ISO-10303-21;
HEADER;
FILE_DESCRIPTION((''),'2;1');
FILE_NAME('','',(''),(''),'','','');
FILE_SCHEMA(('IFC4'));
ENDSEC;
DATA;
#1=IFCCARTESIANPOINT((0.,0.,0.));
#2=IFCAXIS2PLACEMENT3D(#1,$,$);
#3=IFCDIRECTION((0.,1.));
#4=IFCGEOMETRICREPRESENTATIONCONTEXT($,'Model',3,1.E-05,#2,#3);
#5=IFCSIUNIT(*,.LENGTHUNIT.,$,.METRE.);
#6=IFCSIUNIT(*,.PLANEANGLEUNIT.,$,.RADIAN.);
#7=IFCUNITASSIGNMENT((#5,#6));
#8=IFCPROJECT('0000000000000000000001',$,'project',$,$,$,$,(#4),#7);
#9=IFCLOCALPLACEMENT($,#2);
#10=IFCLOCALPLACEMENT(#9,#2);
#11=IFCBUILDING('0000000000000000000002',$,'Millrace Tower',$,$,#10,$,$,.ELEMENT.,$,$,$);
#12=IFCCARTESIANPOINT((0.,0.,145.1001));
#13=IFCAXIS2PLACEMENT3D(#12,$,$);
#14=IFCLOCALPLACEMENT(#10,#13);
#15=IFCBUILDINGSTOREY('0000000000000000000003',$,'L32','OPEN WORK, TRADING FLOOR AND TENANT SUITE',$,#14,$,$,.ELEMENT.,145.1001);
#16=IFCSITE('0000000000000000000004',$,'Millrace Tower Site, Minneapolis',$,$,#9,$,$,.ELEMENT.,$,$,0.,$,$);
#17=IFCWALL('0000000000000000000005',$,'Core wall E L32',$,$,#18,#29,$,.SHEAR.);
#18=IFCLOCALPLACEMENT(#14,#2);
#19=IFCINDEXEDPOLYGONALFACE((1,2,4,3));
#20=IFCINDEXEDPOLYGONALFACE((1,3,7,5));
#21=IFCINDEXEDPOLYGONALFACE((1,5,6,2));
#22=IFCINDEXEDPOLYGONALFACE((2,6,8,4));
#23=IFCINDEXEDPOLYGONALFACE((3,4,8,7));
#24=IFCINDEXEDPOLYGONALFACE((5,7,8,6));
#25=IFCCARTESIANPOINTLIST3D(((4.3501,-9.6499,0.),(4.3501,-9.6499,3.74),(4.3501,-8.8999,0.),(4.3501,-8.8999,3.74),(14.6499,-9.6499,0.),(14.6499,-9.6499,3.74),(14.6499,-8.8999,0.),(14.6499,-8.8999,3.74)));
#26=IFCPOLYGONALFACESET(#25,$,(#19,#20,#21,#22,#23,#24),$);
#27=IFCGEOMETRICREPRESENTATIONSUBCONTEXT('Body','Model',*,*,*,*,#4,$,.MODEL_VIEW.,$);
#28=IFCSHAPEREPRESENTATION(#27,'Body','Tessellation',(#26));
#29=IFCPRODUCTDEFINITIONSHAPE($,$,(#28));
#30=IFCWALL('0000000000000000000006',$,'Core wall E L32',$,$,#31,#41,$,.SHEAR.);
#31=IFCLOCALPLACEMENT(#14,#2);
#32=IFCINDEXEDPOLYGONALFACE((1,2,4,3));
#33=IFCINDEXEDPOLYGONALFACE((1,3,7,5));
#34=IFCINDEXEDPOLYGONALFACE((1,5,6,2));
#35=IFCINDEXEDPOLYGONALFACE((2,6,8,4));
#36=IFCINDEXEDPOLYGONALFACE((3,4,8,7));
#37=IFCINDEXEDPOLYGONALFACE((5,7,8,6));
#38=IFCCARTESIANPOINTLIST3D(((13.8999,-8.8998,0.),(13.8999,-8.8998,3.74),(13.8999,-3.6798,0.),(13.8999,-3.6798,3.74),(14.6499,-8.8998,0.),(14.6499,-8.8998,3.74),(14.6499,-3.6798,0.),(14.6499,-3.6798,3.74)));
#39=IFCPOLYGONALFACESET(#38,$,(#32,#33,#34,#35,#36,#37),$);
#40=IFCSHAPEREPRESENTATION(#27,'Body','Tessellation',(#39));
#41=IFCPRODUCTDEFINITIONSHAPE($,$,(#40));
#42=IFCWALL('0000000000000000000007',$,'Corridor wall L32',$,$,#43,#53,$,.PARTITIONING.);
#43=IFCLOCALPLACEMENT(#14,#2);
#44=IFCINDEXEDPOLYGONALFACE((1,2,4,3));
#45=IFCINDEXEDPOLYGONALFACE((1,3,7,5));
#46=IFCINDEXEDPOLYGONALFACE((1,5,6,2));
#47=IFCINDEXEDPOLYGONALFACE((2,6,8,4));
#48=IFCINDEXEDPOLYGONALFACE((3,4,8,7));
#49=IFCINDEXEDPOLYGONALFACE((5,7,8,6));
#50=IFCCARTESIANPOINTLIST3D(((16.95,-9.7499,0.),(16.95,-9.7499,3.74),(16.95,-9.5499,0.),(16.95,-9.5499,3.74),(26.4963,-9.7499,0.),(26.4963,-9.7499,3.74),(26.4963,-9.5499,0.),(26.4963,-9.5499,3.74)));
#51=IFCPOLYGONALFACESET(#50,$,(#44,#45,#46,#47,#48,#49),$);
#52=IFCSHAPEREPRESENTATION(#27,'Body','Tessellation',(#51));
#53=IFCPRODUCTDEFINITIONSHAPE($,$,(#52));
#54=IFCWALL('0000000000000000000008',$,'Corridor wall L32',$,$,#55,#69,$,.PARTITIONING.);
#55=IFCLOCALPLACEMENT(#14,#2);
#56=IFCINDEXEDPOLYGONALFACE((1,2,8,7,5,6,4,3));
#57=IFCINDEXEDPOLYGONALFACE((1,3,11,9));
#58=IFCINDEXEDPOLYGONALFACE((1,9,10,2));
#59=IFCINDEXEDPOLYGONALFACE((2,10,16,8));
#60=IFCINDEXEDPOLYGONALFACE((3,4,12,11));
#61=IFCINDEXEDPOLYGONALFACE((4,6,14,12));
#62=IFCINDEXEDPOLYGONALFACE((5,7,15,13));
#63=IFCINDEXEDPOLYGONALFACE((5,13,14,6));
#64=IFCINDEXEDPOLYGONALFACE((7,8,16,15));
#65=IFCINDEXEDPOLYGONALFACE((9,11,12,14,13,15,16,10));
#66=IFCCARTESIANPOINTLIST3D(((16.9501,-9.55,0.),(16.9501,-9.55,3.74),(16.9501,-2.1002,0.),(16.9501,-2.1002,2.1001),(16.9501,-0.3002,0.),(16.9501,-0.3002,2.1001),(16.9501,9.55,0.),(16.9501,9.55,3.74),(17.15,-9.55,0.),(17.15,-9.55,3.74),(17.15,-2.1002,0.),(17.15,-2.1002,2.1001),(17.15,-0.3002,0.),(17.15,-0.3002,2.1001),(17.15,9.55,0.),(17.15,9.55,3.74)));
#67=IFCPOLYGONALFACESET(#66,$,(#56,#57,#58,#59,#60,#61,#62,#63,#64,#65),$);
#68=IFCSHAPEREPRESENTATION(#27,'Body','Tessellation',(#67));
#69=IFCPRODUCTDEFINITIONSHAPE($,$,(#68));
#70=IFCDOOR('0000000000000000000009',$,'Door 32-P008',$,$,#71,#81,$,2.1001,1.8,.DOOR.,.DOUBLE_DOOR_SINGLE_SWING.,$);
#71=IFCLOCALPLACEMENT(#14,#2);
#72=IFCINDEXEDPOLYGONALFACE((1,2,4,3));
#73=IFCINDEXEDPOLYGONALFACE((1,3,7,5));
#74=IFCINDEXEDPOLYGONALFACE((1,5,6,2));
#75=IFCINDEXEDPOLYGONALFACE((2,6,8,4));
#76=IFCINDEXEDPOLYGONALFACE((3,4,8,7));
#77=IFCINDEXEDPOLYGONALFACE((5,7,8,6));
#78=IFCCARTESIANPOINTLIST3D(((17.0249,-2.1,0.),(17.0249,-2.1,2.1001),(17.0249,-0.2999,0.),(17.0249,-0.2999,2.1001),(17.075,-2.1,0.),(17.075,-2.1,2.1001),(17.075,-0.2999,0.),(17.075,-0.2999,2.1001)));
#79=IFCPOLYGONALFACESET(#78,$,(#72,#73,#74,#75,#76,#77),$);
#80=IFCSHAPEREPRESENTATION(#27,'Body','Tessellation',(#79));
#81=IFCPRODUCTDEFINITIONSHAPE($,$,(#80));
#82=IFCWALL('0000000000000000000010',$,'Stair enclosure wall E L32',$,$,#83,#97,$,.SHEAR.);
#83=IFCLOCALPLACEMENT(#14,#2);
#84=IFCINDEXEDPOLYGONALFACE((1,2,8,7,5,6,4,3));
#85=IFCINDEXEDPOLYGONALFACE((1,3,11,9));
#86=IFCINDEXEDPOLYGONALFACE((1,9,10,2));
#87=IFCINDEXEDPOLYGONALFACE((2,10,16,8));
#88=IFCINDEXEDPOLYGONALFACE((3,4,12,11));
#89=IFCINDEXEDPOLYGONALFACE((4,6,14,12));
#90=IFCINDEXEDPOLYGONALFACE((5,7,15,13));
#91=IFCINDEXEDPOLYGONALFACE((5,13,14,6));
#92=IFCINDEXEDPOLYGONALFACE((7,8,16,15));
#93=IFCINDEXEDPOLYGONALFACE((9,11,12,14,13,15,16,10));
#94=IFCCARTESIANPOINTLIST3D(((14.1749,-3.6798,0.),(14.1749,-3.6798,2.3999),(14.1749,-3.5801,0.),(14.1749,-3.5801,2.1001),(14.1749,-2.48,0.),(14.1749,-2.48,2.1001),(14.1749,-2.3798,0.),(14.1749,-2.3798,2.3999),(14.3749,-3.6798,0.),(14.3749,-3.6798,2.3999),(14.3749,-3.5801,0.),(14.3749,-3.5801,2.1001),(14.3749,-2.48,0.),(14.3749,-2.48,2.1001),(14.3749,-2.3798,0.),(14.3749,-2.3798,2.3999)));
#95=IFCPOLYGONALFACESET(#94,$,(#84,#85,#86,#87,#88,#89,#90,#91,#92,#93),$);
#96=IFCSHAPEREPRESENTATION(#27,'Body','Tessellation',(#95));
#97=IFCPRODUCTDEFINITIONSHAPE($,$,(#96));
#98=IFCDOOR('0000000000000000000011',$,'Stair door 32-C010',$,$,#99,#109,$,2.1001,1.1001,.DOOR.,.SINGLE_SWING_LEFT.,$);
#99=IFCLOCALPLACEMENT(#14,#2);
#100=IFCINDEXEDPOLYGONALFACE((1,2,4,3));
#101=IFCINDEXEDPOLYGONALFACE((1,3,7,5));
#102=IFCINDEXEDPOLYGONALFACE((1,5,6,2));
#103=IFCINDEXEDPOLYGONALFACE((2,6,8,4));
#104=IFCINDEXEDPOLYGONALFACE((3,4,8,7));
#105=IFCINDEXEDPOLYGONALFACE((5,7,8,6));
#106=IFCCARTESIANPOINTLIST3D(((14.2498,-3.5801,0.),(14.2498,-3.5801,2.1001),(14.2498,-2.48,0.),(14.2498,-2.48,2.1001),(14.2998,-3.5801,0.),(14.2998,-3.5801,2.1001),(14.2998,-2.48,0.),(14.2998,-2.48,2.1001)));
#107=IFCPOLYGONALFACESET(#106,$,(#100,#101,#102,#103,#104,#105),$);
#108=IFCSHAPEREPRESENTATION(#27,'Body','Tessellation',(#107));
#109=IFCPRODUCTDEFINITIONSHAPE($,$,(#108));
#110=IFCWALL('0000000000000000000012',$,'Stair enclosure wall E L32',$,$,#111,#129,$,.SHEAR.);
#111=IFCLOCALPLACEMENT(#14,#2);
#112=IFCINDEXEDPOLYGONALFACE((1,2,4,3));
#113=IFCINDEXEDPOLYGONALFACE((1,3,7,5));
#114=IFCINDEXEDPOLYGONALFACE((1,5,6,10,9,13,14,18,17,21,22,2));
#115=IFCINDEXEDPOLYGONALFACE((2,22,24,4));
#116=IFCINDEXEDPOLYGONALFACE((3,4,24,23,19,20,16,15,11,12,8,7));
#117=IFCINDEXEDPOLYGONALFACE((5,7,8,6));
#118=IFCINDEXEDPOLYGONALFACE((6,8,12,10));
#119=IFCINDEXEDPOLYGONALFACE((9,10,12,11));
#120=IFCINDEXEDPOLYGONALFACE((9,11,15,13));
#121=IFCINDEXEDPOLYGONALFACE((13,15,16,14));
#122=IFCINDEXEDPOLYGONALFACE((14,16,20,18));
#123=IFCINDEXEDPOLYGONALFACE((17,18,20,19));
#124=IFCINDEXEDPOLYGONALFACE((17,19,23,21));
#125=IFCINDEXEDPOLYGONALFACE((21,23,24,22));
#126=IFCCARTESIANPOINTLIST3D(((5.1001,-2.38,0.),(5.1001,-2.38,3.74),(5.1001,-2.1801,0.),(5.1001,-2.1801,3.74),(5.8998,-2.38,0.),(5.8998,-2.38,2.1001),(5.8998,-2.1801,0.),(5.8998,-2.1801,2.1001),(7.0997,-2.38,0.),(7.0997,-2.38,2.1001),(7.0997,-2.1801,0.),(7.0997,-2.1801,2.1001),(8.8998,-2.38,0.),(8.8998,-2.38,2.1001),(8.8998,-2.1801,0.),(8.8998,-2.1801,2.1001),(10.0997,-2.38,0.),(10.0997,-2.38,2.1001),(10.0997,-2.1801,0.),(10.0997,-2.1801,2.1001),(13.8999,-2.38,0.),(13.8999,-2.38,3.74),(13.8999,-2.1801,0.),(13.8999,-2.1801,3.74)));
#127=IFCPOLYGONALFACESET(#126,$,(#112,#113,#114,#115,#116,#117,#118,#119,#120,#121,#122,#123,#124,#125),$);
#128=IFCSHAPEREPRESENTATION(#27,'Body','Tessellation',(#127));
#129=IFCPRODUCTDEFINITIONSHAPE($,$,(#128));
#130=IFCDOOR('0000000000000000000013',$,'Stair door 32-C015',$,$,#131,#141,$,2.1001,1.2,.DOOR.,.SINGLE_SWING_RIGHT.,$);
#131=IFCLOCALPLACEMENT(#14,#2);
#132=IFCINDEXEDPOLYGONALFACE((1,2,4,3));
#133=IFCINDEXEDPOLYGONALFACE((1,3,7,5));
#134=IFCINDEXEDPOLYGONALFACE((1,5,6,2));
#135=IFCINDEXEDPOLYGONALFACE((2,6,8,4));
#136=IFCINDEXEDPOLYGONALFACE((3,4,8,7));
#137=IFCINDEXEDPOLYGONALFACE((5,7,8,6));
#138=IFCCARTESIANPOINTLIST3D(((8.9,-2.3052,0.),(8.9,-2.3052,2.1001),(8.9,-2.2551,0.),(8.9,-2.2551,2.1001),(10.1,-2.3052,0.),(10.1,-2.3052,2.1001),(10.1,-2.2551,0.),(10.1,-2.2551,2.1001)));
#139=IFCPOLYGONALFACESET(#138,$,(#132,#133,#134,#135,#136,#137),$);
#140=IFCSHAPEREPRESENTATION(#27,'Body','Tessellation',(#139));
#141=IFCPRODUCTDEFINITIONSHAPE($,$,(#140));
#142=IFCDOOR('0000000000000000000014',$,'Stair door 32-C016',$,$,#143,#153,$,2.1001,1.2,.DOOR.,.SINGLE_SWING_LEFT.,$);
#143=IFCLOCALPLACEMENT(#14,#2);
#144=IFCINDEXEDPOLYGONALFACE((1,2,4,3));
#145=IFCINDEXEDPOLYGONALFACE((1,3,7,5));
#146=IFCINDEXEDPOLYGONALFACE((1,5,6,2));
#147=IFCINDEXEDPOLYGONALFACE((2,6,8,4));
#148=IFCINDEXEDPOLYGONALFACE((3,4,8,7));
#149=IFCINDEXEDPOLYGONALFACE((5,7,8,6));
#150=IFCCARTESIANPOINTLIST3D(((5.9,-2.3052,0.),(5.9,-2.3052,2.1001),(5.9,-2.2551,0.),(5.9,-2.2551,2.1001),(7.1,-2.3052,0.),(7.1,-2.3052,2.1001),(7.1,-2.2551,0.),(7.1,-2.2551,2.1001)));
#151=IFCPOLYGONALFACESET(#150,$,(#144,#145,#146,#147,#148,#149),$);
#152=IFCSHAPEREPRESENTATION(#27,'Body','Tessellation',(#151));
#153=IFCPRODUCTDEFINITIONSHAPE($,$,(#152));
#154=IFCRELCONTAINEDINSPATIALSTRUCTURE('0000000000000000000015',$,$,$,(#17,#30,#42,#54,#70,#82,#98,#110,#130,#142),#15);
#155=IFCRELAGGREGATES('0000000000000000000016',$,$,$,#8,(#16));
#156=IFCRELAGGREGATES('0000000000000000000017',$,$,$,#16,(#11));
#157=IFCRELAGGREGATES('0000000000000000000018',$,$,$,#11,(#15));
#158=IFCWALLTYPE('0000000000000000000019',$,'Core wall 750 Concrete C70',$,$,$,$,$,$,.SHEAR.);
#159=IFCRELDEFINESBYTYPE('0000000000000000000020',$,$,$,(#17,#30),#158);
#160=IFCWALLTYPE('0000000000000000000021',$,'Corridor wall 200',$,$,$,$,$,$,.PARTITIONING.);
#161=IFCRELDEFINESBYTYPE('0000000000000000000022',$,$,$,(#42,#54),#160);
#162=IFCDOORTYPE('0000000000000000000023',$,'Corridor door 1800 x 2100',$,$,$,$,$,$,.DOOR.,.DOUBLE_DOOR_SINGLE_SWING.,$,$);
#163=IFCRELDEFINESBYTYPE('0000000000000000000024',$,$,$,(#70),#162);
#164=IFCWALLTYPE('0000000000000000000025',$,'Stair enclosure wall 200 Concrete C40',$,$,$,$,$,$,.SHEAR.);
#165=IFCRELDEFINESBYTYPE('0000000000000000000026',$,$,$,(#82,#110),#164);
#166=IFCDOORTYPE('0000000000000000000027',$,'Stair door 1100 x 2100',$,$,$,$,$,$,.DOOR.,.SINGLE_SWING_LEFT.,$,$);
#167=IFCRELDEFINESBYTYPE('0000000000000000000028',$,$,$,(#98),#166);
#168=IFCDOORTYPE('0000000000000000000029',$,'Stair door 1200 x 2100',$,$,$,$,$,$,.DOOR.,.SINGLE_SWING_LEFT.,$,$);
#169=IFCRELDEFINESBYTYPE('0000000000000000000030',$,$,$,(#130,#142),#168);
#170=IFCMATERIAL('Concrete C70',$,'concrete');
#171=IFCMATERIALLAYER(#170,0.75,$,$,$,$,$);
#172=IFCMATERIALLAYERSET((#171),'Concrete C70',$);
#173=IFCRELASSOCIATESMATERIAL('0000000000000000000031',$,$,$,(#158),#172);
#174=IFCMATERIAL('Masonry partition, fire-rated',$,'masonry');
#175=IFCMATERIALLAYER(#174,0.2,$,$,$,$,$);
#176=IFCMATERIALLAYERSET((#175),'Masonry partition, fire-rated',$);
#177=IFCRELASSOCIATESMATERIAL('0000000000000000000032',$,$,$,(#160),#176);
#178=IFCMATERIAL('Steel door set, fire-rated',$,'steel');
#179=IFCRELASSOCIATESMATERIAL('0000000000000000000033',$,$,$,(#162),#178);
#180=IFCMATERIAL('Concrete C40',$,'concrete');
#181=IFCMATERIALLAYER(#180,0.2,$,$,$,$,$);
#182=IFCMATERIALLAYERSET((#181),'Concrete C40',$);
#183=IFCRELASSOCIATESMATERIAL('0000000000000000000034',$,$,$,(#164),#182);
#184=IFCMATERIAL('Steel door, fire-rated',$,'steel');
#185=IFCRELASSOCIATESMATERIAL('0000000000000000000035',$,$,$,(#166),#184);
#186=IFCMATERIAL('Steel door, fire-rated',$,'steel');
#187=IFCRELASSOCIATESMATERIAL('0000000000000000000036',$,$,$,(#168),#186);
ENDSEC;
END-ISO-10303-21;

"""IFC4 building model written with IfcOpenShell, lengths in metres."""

from ifc_helpers import new_model, si_unit, direction, frame, frame_2d, origin, place, context, subcontext, project, spatial, rectangle, extrude, material, layer, layer_set, type_object, element, fill, save


model = new_model("IFC4")

# Units and contexts
model_context = context("Model", 3, precision=1e-05, world=origin(), true_north=direction((0.0, 1.0)))
body_context = subcontext(model_context, "Body", "Model", "MODEL_VIEW")
ifc_project = project(units=[si_unit("LENGTHUNIT", "METRE"), si_unit("PLANEANGLEUNIT", "RADIAN")], contexts=[model_context])

# Site, building, storey
site_placement = place(None, origin())
site = spatial("IfcSite", under=ifc_project, at=site_placement, Name="Millrace Tower Site, Minneapolis", CompositionType="ELEMENT", RefElevation=0.0)
building_placement = place(site_placement, origin())
building = spatial("IfcBuilding", under=site, at=building_placement, Name="Millrace Tower", CompositionType="ELEMENT")
storey_placement = place(building_placement, frame((0.0, 0.0, 145.1001)))
storey = spatial("IfcBuildingStorey", under=building, at=storey_placement, Name="L32", Description="OPEN WORK, TRADING FLOOR AND TENANT SUITE", CompositionType="ELEMENT", Elevation=145.1001)

# Walls
ifc_material_1 = material(Name="Concrete C70", Category="concrete")
ifc_layer_1 = layer(ifc_material_1, 0.75)
ifc_layer_set_1 = layer_set([ifc_layer_1], Name="Concrete C70")
wall_type_1 = type_object("IfcWallType", Name="Core wall 750 Concrete C70", PredefinedType="SHEAR", material=ifc_layer_set_1)
wall_1_placement = place(storey_placement, frame((14.6499, -9.2749, 0.0), z_axis=(0.0, 0.0, 1.0), x_axis=(-1.0, 0.0, 0.0)))
element("IfcWall", 1, at=wall_1_placement, inside=storey, type_object=wall_type_1, Name="Core wall E L32", PredefinedType="SHEAR", context=body_context, shape_type="SweptSolid", body=[
    extrude(rectangle(XDim=10.2998, YDim=0.75, at=frame_2d((5.1499, 0.0))), origin(), (0.0, 0.0, 1.0), 3.74),
])
wall_2_placement = place(storey_placement, frame((14.2749, -3.6799, 0.0), z_axis=(0.0, 0.0, 1.0), x_axis=(0.0, -1.0, 0.0)))
element("IfcWall", 2, at=wall_2_placement, inside=storey, type_object=wall_type_1, Name="Core wall E L32", PredefinedType="SHEAR", context=body_context, shape_type="SweptSolid", body=[
    extrude(rectangle(XDim=5.22, YDim=0.75, at=frame_2d((2.6099, 0.0))), origin(), (0.0, 0.0, 1.0), 3.74),
])
ifc_material_2 = material(Name="Masonry partition, fire-rated", Category="masonry")
ifc_layer_2 = layer(ifc_material_2, 0.2)
ifc_layer_set_2 = layer_set([ifc_layer_2], Name="Masonry partition, fire-rated")
wall_type_2 = type_object("IfcWallType", Name="Corridor wall 200", PredefinedType="PARTITIONING", material=ifc_layer_set_2)
wall_3_placement = place(storey_placement, frame((16.95, -9.6499, 0.0), z_axis=(0.0, 0.0, 1.0), x_axis=(1.0, 0.0, 0.0)))
element("IfcWall", 3, at=wall_3_placement, inside=storey, type_object=wall_type_2, Name="Corridor wall L32", PredefinedType="PARTITIONING", context=body_context, shape_type="SweptSolid", body=[
    extrude(rectangle(XDim=9.5464, YDim=0.2, at=frame_2d((4.7732, 0.0))), origin(), (0.0, 0.0, 1.0), 3.74),
])

# Walls, openings, doors
wall_4_placement = place(storey_placement, frame((17.05, -9.55, 0.0), z_axis=(0.0, 0.0, 1.0), x_axis=(0.0, 1.0, 0.0)))
wall_4 = element("IfcWall", 4, at=wall_4_placement, inside=storey, type_object=wall_type_2, Name="Corridor wall L32", PredefinedType="PARTITIONING", context=body_context, shape_type="SweptSolid", body=[
    extrude(rectangle(XDim=19.1001, YDim=0.2, at=frame_2d((9.55, 0.0))), origin(), (0.0, 0.0, 1.0), 3.74),
])
opening_1_placement = place(wall_4_placement, frame((7.45, 0.0, 0.0)))
opening_1 = element("IfcOpeningElement", 5, at=opening_1_placement, cuts=wall_4, PredefinedType="OPENING", context=body_context, shape_type="SweptSolid", body=[
    extrude(rectangle(XDim=1.8, YDim=2.1001, at=frame_2d((0.8999, 1.05))), frame((0.0, 0.1099, 0.0), z_axis=(0.0, -1.0, 0.0), x_axis=(1.0, 0.0, 0.0)), (0.0, 0.0, 1.0), 0.22),
])
ifc_material_3 = material(Name="Steel door set, fire-rated", Category="steel")
door_type_1 = type_object("IfcDoorType", Name="Corridor door 1800 x 2100", OperationType="DOUBLE_DOOR_SINGLE_SWING", PredefinedType="DOOR", material=ifc_material_3)
door_1_placement = place(opening_1_placement, frame((1.8, 0.0, 0.0), z_axis=(0.0, 0.0, 1.0), x_axis=(-1.0, 0.0, 0.0)))
door_1 = element("IfcDoor", 6, at=door_1_placement, inside=storey, type_object=door_type_1, Name="Door 32-P008", OperationType="DOUBLE_DOOR_SINGLE_SWING", OverallHeight=2.1001, OverallWidth=1.8, PredefinedType="DOOR", context=body_context, shape_type="SweptSolid", body=[
    extrude(rectangle(XDim=1.8, YDim=2.1001, at=frame_2d((0.8999, 1.05))), frame((0.0, 0.0249, 0.0), z_axis=(0.0, -1.0, 0.0), x_axis=(1.0, 0.0, 0.0)), (0.0, 0.0, 1.0), 0.05),
])
fill(opening_1, door_1)
ifc_material_4 = material(Name="Concrete C40", Category="concrete")
ifc_layer_3 = layer(ifc_material_4, 0.2)
ifc_layer_set_3 = layer_set([ifc_layer_3], Name="Concrete C40")
wall_type_3 = type_object("IfcWallType", Name="Stair enclosure wall 200 Concrete C40", PredefinedType="SHEAR", material=ifc_layer_set_3)
wall_5_placement = place(storey_placement, frame((14.2749, -2.3799, 0.0), z_axis=(0.0, 0.0, 1.0), x_axis=(0.0, -1.0, 0.0)))
wall_5 = element("IfcWall", 7, at=wall_5_placement, inside=storey, type_object=wall_type_3, Name="Stair enclosure wall E L32", PredefinedType="SHEAR", context=body_context, shape_type="SweptSolid", body=[
    extrude(rectangle(XDim=1.3, YDim=0.2, at=frame_2d((0.6499, 0.0))), origin(), (0.0, 0.0, 1.0), 2.3999),
])
opening_2_placement = place(wall_5_placement, frame((0.1001, 0.0, 0.0)))
opening_2 = element("IfcOpeningElement", 8, at=opening_2_placement, cuts=wall_5, PredefinedType="OPENING", context=body_context, shape_type="SweptSolid", body=[
    extrude(rectangle(XDim=1.1001, YDim=2.1001, at=frame_2d((0.55, 1.05))), frame((0.0, 0.1099, 0.0), z_axis=(0.0, -1.0, 0.0), x_axis=(1.0, 0.0, 0.0)), (0.0, 0.0, 1.0), 0.22),
])
ifc_material_5 = material(Name="Steel door, fire-rated", Category="steel")
door_type_2 = type_object("IfcDoorType", Name="Stair door 1100 x 2100", OperationType="SINGLE_SWING_LEFT", PredefinedType="DOOR", material=ifc_material_5)
door_2_placement = place(opening_2_placement, origin())
door_2 = element("IfcDoor", 9, at=door_2_placement, inside=storey, type_object=door_type_2, Name="Stair door 32-C010", OperationType="SINGLE_SWING_LEFT", OverallHeight=2.1001, OverallWidth=1.1001, PredefinedType="DOOR", context=body_context, shape_type="SweptSolid", body=[
    extrude(rectangle(XDim=1.1001, YDim=2.1001, at=frame_2d((0.55, 1.05))), frame((0.0, 0.0249, 0.0), z_axis=(0.0, -1.0, 0.0), x_axis=(1.0, 0.0, 0.0)), (0.0, 0.0, 1.0), 0.05),
])
fill(opening_2, door_2)

# Wall, openings, doors
wall_6_placement = place(storey_placement, frame((13.8999, -2.28, 0.0), z_axis=(0.0, 0.0, 1.0), x_axis=(-1.0, 0.0, 0.0)))
wall_6 = element("IfcWall", 10, at=wall_6_placement, inside=storey, type_object=wall_type_3, Name="Stair enclosure wall E L32", PredefinedType="SHEAR", context=body_context, shape_type="SweptSolid", body=[
    extrude(rectangle(XDim=8.7998, YDim=0.2, at=frame_2d((4.3999, 0.0))), origin(), (0.0, 0.0, 1.0), 3.74),
])
opening_3_placement = place(wall_6_placement, frame((3.8, 0.0, 0.0)))
opening_3 = element("IfcOpeningElement", 11, at=opening_3_placement, cuts=wall_6, PredefinedType="OPENING", context=body_context, shape_type="SweptSolid", body=[
    extrude(rectangle(XDim=1.2, YDim=2.1001, at=frame_2d((0.6001, 1.05))), frame((0.0, 0.1099, 0.0), z_axis=(0.0, -1.0, 0.0), x_axis=(1.0, 0.0, 0.0)), (0.0, 0.0, 1.0), 0.22),
])
opening_4_placement = place(wall_6_placement, frame((6.8, 0.0, 0.0)))
opening_4 = element("IfcOpeningElement", 12, at=opening_4_placement, cuts=wall_6, PredefinedType="OPENING", context=body_context, shape_type="SweptSolid", body=[
    extrude(rectangle(XDim=1.2, YDim=2.1001, at=frame_2d((0.6001, 1.05))), frame((0.0, 0.1099, 0.0), z_axis=(0.0, -1.0, 0.0), x_axis=(1.0, 0.0, 0.0)), (0.0, 0.0, 1.0), 0.22),
])
ifc_material_6 = material(Name="Steel door, fire-rated", Category="steel")
door_type_3 = type_object("IfcDoorType", Name="Stair door 1200 x 2100", OperationType="SINGLE_SWING_LEFT", PredefinedType="DOOR", material=ifc_material_6)
door_3_placement = place(opening_3_placement, frame((1.2, 0.0, 0.0), z_axis=(0.0, 0.0, 1.0), x_axis=(-1.0, 0.0, 0.0)))
door_3 = element("IfcDoor", 13, at=door_3_placement, inside=storey, type_object=door_type_3, Name="Stair door 32-C015", OperationType="SINGLE_SWING_RIGHT", OverallHeight=2.1001, OverallWidth=1.2, PredefinedType="DOOR", context=body_context, shape_type="SweptSolid", body=[
    extrude(rectangle(XDim=1.2, YDim=2.1001, at=frame_2d((0.6001, 1.05))), frame((0.0, 0.0249, 0.0), z_axis=(0.0, -1.0, 0.0), x_axis=(1.0, 0.0, 0.0)), (0.0, 0.0, 1.0), 0.05),
])
fill(opening_3, door_3)
door_4_placement = place(opening_4_placement, frame((1.2, 0.0, 0.0), z_axis=(0.0, 0.0, 1.0), x_axis=(-1.0, 0.0, 0.0)))
door_4 = element("IfcDoor", 14, at=door_4_placement, inside=storey, type_object=door_type_3, Name="Stair door 32-C016", OperationType="SINGLE_SWING_LEFT", OverallHeight=2.1001, OverallWidth=1.2, PredefinedType="DOOR", context=body_context, shape_type="SweptSolid", body=[
    extrude(rectangle(XDim=1.2, YDim=2.1001, at=frame_2d((0.6001, 1.05))), frame((0.0, 0.0249, 0.0), z_axis=(0.0, -1.0, 0.0), x_axis=(1.0, 0.0, 0.0)), (0.0, 0.0, 1.0), 0.05),
])
fill(opening_4, door_4)

save(model, "model.ifc")
